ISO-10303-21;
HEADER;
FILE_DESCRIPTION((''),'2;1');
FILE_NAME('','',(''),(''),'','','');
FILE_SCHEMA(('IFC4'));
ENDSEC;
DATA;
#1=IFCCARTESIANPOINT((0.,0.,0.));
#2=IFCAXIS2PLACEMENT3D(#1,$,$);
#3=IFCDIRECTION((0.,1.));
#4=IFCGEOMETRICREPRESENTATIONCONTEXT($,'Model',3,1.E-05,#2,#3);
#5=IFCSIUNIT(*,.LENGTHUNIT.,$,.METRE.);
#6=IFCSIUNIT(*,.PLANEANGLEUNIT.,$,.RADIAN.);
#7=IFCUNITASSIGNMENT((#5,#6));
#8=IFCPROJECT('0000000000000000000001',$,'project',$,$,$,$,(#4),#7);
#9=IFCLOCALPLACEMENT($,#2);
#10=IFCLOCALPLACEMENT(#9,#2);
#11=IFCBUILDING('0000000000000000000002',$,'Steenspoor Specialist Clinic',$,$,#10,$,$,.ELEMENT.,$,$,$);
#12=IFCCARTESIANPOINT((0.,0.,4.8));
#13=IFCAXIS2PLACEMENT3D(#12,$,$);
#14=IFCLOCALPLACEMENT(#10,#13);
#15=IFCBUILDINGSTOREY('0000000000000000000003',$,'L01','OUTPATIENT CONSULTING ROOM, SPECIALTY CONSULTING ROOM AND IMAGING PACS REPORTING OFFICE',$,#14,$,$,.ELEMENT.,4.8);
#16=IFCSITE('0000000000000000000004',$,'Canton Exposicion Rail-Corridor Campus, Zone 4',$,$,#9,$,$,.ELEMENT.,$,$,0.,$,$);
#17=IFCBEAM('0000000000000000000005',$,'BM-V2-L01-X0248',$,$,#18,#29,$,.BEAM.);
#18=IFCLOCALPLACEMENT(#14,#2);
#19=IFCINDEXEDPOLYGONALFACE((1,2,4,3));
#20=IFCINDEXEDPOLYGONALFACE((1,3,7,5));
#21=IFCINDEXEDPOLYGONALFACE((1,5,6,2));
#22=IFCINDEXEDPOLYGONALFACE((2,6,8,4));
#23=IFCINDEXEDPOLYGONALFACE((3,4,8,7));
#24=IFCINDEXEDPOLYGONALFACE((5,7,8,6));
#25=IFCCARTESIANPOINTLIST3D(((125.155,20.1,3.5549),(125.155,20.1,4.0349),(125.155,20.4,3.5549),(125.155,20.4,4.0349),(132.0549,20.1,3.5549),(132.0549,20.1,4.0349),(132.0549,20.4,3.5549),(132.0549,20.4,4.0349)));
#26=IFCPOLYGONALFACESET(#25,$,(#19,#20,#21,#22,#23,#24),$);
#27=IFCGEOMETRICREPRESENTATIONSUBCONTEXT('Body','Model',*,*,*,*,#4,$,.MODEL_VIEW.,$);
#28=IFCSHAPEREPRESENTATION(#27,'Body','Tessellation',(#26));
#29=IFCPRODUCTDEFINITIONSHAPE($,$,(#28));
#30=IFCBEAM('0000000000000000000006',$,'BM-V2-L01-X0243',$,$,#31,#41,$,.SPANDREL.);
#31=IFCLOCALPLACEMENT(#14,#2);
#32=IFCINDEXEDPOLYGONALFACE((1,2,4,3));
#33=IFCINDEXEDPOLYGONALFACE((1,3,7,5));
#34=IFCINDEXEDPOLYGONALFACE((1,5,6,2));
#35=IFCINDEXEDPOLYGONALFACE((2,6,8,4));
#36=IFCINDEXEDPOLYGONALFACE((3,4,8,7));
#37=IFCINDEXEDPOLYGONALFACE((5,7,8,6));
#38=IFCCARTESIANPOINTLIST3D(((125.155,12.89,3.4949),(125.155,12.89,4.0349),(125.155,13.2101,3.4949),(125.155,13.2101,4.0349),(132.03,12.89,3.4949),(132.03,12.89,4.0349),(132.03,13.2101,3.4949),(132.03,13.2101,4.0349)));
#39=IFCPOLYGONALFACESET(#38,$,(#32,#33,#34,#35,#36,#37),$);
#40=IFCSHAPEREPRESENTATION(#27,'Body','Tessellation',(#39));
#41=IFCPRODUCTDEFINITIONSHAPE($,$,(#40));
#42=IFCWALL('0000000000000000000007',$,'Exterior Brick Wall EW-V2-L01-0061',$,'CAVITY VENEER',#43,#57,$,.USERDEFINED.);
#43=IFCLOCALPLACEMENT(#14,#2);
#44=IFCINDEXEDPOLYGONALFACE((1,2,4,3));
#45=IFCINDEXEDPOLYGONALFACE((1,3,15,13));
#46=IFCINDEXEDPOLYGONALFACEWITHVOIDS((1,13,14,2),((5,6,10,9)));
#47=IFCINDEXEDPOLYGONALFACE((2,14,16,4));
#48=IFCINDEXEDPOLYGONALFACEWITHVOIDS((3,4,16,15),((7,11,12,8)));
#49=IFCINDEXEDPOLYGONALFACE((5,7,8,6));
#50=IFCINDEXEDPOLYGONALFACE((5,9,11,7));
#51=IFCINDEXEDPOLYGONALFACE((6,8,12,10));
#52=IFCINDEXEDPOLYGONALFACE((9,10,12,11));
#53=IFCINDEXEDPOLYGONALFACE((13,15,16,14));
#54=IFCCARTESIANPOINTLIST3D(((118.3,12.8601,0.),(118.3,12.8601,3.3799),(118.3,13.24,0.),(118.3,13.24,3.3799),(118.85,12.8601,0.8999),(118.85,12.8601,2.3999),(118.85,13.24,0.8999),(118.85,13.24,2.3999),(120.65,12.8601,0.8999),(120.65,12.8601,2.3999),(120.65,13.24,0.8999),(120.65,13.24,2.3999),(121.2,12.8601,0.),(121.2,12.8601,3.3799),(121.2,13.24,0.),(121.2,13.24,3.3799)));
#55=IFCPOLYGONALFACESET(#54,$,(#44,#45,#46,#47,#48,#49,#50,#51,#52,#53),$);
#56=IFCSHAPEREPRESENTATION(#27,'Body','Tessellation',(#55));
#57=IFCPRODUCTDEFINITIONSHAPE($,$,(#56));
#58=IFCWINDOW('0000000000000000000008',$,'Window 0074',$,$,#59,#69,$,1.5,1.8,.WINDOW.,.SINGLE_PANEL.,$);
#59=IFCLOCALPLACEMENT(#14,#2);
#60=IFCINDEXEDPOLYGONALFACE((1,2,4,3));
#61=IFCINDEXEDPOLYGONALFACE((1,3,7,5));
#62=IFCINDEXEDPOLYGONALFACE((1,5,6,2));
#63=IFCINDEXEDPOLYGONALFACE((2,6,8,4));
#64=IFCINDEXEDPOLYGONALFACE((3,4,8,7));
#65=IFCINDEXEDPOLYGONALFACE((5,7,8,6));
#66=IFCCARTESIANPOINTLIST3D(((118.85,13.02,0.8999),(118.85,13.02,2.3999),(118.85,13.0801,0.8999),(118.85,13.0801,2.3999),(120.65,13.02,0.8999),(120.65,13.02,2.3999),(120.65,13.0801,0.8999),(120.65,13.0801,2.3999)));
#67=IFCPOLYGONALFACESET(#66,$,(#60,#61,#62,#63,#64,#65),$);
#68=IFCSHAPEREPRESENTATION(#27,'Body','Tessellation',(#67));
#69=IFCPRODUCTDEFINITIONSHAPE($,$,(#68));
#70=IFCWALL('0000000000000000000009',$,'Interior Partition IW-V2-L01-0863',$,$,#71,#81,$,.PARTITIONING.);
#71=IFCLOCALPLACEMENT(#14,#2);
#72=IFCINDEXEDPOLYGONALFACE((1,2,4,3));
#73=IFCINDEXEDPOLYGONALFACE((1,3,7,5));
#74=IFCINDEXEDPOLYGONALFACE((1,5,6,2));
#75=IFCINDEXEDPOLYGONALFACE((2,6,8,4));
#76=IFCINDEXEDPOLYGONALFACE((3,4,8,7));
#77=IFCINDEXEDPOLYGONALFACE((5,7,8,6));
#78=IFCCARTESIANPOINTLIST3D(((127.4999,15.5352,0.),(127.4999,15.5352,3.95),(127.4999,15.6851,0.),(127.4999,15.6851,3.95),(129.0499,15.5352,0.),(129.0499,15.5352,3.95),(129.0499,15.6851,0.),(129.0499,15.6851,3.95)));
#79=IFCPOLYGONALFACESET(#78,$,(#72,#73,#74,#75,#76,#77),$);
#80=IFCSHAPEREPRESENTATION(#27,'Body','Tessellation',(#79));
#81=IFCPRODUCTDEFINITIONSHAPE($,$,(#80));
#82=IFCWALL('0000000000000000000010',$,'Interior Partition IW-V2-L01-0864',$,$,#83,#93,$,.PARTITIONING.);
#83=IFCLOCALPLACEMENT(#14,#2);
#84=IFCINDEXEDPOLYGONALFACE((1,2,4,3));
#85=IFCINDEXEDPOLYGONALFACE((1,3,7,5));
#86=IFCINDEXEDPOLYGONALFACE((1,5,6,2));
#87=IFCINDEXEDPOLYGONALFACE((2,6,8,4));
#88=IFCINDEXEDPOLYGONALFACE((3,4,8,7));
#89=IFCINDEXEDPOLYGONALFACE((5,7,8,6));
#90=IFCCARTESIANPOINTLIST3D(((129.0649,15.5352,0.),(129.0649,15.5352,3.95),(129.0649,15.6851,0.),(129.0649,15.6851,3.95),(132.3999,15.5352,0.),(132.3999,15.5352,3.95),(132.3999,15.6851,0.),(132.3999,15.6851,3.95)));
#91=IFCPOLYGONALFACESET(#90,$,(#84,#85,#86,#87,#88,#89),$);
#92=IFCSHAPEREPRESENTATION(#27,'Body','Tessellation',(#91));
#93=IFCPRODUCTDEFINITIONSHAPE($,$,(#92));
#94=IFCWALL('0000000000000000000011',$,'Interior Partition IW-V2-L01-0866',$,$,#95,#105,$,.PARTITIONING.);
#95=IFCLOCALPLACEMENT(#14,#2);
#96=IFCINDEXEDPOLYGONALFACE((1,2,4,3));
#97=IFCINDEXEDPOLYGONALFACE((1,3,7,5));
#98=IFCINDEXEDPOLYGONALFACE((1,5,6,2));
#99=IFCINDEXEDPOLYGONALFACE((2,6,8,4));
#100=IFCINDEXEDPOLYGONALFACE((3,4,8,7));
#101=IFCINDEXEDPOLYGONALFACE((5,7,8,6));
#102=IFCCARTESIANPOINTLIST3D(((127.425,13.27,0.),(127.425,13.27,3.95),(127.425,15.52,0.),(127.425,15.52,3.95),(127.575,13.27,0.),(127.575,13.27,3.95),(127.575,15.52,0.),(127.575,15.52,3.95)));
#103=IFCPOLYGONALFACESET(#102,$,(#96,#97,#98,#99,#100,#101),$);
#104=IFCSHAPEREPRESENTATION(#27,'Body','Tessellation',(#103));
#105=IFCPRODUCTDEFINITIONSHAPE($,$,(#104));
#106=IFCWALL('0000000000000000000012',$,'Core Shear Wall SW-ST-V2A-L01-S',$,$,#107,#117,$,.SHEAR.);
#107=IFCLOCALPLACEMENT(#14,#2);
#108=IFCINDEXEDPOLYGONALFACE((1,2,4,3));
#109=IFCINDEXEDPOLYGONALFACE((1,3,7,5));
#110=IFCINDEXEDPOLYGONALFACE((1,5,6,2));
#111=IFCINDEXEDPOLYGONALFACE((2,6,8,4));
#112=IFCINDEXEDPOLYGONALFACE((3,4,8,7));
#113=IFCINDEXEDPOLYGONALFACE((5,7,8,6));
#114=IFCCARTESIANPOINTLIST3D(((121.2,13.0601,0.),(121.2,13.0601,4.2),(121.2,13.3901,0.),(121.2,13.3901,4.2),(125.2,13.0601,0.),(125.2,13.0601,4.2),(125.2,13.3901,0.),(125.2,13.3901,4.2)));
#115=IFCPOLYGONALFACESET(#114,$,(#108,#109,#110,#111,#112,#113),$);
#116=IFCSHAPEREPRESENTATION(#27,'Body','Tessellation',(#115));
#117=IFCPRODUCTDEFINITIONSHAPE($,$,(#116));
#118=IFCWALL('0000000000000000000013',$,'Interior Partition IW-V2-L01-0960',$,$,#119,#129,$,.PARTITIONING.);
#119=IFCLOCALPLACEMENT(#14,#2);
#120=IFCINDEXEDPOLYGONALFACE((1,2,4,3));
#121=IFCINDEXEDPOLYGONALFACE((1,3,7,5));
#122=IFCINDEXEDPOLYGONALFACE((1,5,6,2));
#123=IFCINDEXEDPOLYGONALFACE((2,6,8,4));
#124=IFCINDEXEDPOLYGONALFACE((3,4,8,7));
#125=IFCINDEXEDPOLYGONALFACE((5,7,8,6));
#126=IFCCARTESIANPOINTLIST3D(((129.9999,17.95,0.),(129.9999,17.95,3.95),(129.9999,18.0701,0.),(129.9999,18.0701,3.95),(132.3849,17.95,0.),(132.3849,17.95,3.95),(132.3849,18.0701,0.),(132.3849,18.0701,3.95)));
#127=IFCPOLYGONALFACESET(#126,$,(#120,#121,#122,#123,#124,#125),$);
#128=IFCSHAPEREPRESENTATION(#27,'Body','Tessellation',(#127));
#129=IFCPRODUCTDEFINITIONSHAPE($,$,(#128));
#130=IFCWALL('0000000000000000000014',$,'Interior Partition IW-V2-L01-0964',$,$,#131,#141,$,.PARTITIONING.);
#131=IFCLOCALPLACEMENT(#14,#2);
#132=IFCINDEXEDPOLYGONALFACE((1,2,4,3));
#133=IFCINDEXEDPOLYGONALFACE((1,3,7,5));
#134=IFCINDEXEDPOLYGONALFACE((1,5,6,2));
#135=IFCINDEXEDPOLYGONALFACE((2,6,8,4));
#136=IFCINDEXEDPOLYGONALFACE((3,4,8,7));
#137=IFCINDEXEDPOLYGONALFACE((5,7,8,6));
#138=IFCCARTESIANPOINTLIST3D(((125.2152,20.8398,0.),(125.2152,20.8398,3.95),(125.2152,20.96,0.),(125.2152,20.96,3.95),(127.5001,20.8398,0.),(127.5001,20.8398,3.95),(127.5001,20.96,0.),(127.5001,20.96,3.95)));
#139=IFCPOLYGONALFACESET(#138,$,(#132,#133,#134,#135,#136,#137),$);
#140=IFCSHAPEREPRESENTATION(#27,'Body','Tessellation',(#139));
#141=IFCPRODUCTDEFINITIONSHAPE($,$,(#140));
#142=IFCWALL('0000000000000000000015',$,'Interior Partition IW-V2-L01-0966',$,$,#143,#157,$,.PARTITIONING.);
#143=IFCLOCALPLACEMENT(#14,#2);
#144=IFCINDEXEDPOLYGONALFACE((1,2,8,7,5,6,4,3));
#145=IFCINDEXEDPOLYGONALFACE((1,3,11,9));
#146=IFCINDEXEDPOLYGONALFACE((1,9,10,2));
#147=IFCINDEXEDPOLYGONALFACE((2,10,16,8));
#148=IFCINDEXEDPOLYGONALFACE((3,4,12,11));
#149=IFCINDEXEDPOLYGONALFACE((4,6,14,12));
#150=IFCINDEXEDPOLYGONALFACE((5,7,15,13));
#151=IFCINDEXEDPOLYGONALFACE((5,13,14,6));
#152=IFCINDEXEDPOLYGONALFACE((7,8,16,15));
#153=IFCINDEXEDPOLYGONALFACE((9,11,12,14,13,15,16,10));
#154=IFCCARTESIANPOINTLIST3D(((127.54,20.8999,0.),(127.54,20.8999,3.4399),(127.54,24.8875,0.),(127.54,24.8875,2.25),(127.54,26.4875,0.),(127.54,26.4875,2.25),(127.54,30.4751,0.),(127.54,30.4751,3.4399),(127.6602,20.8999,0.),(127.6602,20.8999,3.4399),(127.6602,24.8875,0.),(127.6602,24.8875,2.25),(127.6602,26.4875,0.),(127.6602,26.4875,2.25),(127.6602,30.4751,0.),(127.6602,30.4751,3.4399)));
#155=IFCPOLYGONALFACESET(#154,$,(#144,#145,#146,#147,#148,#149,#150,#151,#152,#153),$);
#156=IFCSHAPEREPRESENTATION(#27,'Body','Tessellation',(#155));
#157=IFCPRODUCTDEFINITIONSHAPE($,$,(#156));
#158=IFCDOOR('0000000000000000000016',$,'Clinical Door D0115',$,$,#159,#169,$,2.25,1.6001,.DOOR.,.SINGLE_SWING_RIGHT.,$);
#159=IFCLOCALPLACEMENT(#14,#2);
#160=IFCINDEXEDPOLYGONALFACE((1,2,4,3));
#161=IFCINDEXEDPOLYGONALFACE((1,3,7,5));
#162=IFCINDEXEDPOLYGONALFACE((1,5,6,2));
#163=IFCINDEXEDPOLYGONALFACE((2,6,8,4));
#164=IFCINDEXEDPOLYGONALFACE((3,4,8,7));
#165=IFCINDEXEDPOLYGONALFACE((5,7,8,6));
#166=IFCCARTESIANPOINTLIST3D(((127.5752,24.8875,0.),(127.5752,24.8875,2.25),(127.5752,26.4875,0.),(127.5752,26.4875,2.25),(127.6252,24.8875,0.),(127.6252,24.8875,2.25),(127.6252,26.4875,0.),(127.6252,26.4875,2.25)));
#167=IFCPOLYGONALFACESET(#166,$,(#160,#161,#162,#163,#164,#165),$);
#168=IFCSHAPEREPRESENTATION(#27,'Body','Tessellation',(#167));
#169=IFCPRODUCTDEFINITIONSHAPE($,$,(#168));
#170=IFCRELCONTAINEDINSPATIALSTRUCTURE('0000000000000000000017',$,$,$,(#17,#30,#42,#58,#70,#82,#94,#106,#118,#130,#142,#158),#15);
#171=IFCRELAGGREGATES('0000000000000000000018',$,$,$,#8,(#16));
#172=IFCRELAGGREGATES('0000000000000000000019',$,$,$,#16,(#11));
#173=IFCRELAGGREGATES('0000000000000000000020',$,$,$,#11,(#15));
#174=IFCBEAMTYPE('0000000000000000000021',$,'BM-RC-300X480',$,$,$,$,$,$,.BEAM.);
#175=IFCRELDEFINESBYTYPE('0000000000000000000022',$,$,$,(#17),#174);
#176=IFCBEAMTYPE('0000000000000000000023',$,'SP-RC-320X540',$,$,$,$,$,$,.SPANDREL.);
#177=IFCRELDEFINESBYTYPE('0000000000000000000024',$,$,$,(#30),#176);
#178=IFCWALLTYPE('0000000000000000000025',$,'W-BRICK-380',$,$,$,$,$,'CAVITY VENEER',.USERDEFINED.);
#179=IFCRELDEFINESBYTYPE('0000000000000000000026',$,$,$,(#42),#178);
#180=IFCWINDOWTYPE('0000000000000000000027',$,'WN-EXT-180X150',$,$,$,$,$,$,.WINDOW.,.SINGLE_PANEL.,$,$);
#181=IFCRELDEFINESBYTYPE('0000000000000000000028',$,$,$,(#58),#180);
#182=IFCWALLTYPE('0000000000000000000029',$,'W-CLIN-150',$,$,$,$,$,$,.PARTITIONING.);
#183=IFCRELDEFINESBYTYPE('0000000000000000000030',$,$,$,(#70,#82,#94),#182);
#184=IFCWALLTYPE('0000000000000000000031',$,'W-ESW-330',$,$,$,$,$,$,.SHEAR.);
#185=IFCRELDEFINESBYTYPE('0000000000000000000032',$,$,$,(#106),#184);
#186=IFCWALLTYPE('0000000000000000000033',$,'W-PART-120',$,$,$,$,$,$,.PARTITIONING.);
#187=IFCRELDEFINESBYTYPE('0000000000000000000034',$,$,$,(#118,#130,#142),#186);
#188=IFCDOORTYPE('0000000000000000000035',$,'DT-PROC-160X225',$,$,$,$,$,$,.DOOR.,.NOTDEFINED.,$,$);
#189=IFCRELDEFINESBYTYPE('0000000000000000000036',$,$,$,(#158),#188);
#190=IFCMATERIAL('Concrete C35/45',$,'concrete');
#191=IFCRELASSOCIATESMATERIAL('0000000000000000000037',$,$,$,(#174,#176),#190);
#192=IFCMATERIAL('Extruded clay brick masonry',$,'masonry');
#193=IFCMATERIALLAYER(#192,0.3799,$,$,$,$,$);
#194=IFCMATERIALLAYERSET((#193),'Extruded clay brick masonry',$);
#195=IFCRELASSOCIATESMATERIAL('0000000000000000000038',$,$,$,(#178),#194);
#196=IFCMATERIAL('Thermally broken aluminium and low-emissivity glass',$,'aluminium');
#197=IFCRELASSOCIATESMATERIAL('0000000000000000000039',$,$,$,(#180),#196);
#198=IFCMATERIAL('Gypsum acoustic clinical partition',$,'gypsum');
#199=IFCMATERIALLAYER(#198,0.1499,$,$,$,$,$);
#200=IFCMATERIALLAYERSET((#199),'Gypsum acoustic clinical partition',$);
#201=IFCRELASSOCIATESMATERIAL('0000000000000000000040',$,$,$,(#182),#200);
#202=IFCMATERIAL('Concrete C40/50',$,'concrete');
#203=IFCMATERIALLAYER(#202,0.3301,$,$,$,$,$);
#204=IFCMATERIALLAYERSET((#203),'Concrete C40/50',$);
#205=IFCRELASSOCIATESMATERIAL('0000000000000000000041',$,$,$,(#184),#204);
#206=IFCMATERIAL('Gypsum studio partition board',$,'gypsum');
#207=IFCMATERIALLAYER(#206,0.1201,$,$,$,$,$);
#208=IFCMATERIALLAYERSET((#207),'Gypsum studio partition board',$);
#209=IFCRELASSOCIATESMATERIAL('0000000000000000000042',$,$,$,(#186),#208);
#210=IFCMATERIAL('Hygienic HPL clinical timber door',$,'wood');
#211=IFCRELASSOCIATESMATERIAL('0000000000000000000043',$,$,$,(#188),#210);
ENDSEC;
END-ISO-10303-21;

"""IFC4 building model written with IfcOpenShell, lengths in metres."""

from ifc_helpers import new_model, si_unit, direction, frame, frame_2d, origin, origin_2d, place, context, subcontext, project, spatial, rectangle, extrude, material, layer, layer_set, material_profile, profile_set, type_object, element, fill, save


model = new_model("IFC4")

# Units and contexts
model_context = context("Model", 3, precision=1e-05, world=origin(), true_north=direction((0.0, 1.0)))
body_context = subcontext(model_context, "Body", "Model", "MODEL_VIEW")
ifc_project = project(units=[si_unit("LENGTHUNIT", "METRE"), si_unit("PLANEANGLEUNIT", "RADIAN")], contexts=[model_context])

# Site, building, storey
site_placement = place(None, origin())
site = spatial("IfcSite", under=ifc_project, at=site_placement, Name="Canton Exposicion Rail-Corridor Campus, Zone 4", CompositionType="ELEMENT", RefElevation=0.0)
building_placement = place(site_placement, origin())
building = spatial("IfcBuilding", under=site, at=building_placement, Name="Steenspoor Specialist Clinic", CompositionType="ELEMENT")
storey_placement = place(building_placement, frame((0.0, 0.0, 4.8)))
storey = spatial("IfcBuildingStorey", under=building, at=storey_placement, Name="L01", Description="OUTPATIENT CONSULTING ROOM, SPECIALTY CONSULTING ROOM AND IMAGING PACS REPORTING OFFICE", CompositionType="ELEMENT", Elevation=4.8)

# Beams
ifc_material_1 = material(Name="Concrete C35/45", Category="concrete")
ifc_material_profile_1 = material_profile(ifc_material_1, rectangle(XDim=0.3, YDim=0.48, at=origin_2d()), Name="RC-BM-300X480")
ifc_profile_set_1 = profile_set([ifc_material_profile_1], Name="Concrete C35/45")
beam_type_1 = type_object("IfcBeamType", Name="BM-RC-300X480", PredefinedType="BEAM", material=ifc_profile_set_1)
beam_1_placement = place(storey_placement, frame((125.155, 20.25, 3.7949), z_axis=(1.0, 0.0, 0.0), x_axis=(0.0, 1.0, 0.0)))
element("IfcBeam", 1, at=beam_1_placement, inside=storey, type_object=beam_type_1, Name="BM-V2-L01-X0248", PredefinedType="BEAM", context=body_context, shape_type="SweptSolid", body=[
    extrude(rectangle(XDim=0.3, YDim=0.48, at=origin_2d()), origin(), (0.0, 0.0, 1.0), 6.8999),
])
ifc_material_profile_2 = material_profile(ifc_material_1, rectangle(XDim=0.3201, YDim=0.54, at=origin_2d()), Name="RC-SP-320X540")
ifc_profile_set_2 = profile_set([ifc_material_profile_2], Name="Concrete C35/45")
beam_type_2 = type_object("IfcBeamType", Name="SP-RC-320X540", PredefinedType="SPANDREL", material=ifc_profile_set_2)
beam_2_placement = place(storey_placement, frame((125.155, 13.05, 3.7649), z_axis=(1.0, 0.0, 0.0), x_axis=(0.0, 1.0, 0.0)))
element("IfcBeam", 2, at=beam_2_placement, inside=storey, type_object=beam_type_2, Name="BM-V2-L01-X0243", PredefinedType="SPANDREL", context=body_context, shape_type="SweptSolid", body=[
    extrude(rectangle(XDim=0.3201, YDim=0.54, at=origin_2d()), origin(), (0.0, 0.0, 1.0), 6.875),
])

# Wall, opening, window
ifc_material_2 = material(Name="Extruded clay brick masonry", Category="masonry")
ifc_layer_1 = layer(ifc_material_2, 0.3799)
ifc_layer_set_1 = layer_set([ifc_layer_1], Name="Extruded clay brick masonry")
wall_type_1 = type_object("IfcWallType", Name="W-BRICK-380", ElementType="CAVITY VENEER", PredefinedType="USERDEFINED", material=ifc_layer_set_1)
wall_1_placement = place(storey_placement, frame((121.2, 13.05, 0.0), z_axis=(0.0, 0.0, 1.0), x_axis=(-1.0, 0.0, 0.0)))
wall_1 = element("IfcWall", 3, at=wall_1_placement, inside=storey, type_object=wall_type_1, Name="Exterior Brick Wall EW-V2-L01-0061", ObjectType="CAVITY VENEER", PredefinedType="USERDEFINED", context=body_context, shape_type="SweptSolid", body=[
    extrude(rectangle(XDim=2.8999, YDim=0.3799, at=frame_2d((1.45, 0.0))), origin(), (0.0, 0.0, 1.0), 3.3799),
])
opening_1_placement = place(wall_1_placement, frame((0.55, 0.0, 0.8999)))
opening_1 = element("IfcOpeningElement", 4, at=opening_1_placement, cuts=wall_1, PredefinedType="OPENING", context=body_context, shape_type="SweptSolid", body=[
    extrude(rectangle(XDim=1.8, YDim=1.5, at=frame_2d((0.8999, 0.75))), frame((0.0, 0.2, 0.0), z_axis=(0.0, -1.0, 0.0), x_axis=(1.0, 0.0, 0.0)), (0.0, 0.0, 1.0), 0.3999),
])
ifc_material_3 = material(Name="Thermally broken aluminium and low-emissivity glass", Category="aluminium")
window_type = type_object("IfcWindowType", Name="WN-EXT-180X150", PartitioningType="SINGLE_PANEL", PredefinedType="WINDOW", material=ifc_material_3)
window_placement = place(opening_1_placement, origin())
window = element("IfcWindow", 5, at=window_placement, inside=storey, type_object=window_type, Name="Window 0074", OverallHeight=1.5, OverallWidth=1.8, PartitioningType="SINGLE_PANEL", PredefinedType="WINDOW", context=body_context, shape_type="SweptSolid", body=[
    extrude(rectangle(XDim=1.8, YDim=1.5, at=frame_2d((0.8999, 0.75))), frame((0.0, 0.03, 0.0), z_axis=(0.0, -1.0, 0.0), x_axis=(1.0, 0.0, 0.0)), (0.0, 0.0, 1.0), 0.0601),
])
fill(opening_1, window)

# Walls
ifc_material_4 = material(Name="Gypsum acoustic clinical partition", Category="gypsum")
ifc_layer_2 = layer(ifc_material_4, 0.1499)
ifc_layer_set_2 = layer_set([ifc_layer_2], Name="Gypsum acoustic clinical partition")
wall_type_2 = type_object("IfcWallType", Name="W-CLIN-150", PredefinedType="PARTITIONING", material=ifc_layer_set_2)
wall_2_placement = place(storey_placement, frame((127.5, 15.6101, 0.0), z_axis=(0.0, 0.0, 1.0), x_axis=(1.0, 0.0, 0.0)))
element("IfcWall", 6, at=wall_2_placement, inside=storey, type_object=wall_type_2, Name="Interior Partition IW-V2-L01-0863", PredefinedType="PARTITIONING", context=body_context, shape_type="SweptSolid", body=[
    extrude(rectangle(XDim=1.55, YDim=0.1499, at=frame_2d((0.7749, 0.0))), origin(), (0.0, 0.0, 1.0), 3.95),
])
wall_3_placement = place(storey_placement, frame((129.0649, 15.6101, 0.0), z_axis=(0.0, 0.0, 1.0), x_axis=(1.0, 0.0, 0.0)))
element("IfcWall", 7, at=wall_3_placement, inside=storey, type_object=wall_type_2, Name="Interior Partition IW-V2-L01-0864", PredefinedType="PARTITIONING", context=body_context, shape_type="SweptSolid", body=[
    extrude(rectangle(XDim=3.335, YDim=0.1499, at=frame_2d((1.6675, 0.0))), origin(), (0.0, 0.0, 1.0), 3.95),
])
wall_4_placement = place(storey_placement, frame((127.5, 13.27, 0.0), z_axis=(0.0, 0.0, 1.0), x_axis=(0.0, 1.0, 0.0)))
element("IfcWall", 8, at=wall_4_placement, inside=storey, type_object=wall_type_2, Name="Interior Partition IW-V2-L01-0866", PredefinedType="PARTITIONING", context=body_context, shape_type="SweptSolid", body=[
    extrude(rectangle(XDim=2.25, YDim=0.1499, at=frame_2d((1.125, 0.0))), origin(), (0.0, 0.0, 1.0), 3.95),
])
ifc_material_5 = material(Name="Concrete C40/50", Category="concrete")
ifc_layer_3 = layer(ifc_material_5, 0.3301)
ifc_layer_set_3 = layer_set([ifc_layer_3], Name="Concrete C40/50")
wall_type_3 = type_object("IfcWallType", Name="W-ESW-330", PredefinedType="SHEAR", material=ifc_layer_set_3)
wall_5_placement = place(storey_placement, frame((121.2, 13.2251, 0.0), z_axis=(0.0, 0.0, 1.0), x_axis=(1.0, 0.0, 0.0)))
element("IfcWall", 9, at=wall_5_placement, inside=storey, type_object=wall_type_3, Name="Core Shear Wall SW-ST-V2A-L01-S", PredefinedType="SHEAR", context=body_context, shape_type="SweptSolid", body=[
    extrude(rectangle(XDim=4.0, YDim=0.3301, at=frame_2d((2.0, 0.0))), origin(), (0.0, 0.0, 1.0), 4.2),
])
ifc_material_6 = material(Name="Gypsum studio partition board", Category="gypsum")
ifc_layer_4 = layer(ifc_material_6, 0.1201)
ifc_layer_set_4 = layer_set([ifc_layer_4], Name="Gypsum studio partition board")
wall_type_4 = type_object("IfcWallType", Name="W-PART-120", PredefinedType="PARTITIONING", material=ifc_layer_set_4)
wall_6_placement = place(storey_placement, frame((130.0, 18.01, 0.0), z_axis=(0.0, 0.0, 1.0), x_axis=(1.0, 0.0, 0.0)))
element("IfcWall", 10, at=wall_6_placement, inside=storey, type_object=wall_type_4, Name="Interior Partition IW-V2-L01-0960", PredefinedType="PARTITIONING", context=body_context, shape_type="SweptSolid", body=[
    extrude(rectangle(XDim=2.385, YDim=0.1201, at=frame_2d((1.1924, 0.0))), origin(), (0.0, 0.0, 1.0), 3.95),
])
wall_7_placement = place(storey_placement, frame((125.2151, 20.8999, 0.0), z_axis=(0.0, 0.0, 1.0), x_axis=(1.0, 0.0, 0.0)))
element("IfcWall", 11, at=wall_7_placement, inside=storey, type_object=wall_type_4, Name="Interior Partition IW-V2-L01-0964", PredefinedType="PARTITIONING", context=body_context, shape_type="SweptSolid", body=[
    extrude(rectangle(XDim=2.2849, YDim=0.1201, at=frame_2d((1.1426, 0.0))), origin(), (0.0, 0.0, 1.0), 3.95),
])

# Wall, opening, door
wall_8_placement = place(storey_placement, frame((127.6001, 20.8999, 0.0), z_axis=(0.0, 0.0, 1.0), x_axis=(0.0, 1.0, 0.0)))
wall_8 = element("IfcWall", 12, at=wall_8_placement, inside=storey, type_object=wall_type_4, Name="Interior Partition IW-V2-L01-0966", PredefinedType="PARTITIONING", context=body_context, shape_type="SweptSolid", body=[
    extrude(rectangle(XDim=9.5752, YDim=0.1201, at=frame_2d((4.7876, 0.0))), origin(), (0.0, 0.0, 1.0), 3.4399),
])
opening_2_placement = place(wall_8_placement, frame((3.9875, 0.0, 0.0)))
opening_2 = element("IfcOpeningElement", 13, at=opening_2_placement, cuts=wall_8, PredefinedType="OPENING", context=body_context, shape_type="SweptSolid", body=[
    extrude(rectangle(XDim=1.6001, YDim=2.25, at=frame_2d((0.8, 1.125))), frame((0.0, 0.0701, 0.0), z_axis=(0.0, -1.0, 0.0), x_axis=(1.0, 0.0, 0.0)), (0.0, 0.0, 1.0), 0.1401),
])
ifc_material_7 = material(Name="Hygienic HPL clinical timber door", Category="wood")
door_type_1 = type_object("IfcDoorType", Name="DT-PROC-160X225", OperationType="NOTDEFINED", PredefinedType="DOOR", material=ifc_material_7)
door_1_placement = place(opening_2_placement, origin())
door_1 = element("IfcDoor", 14, at=door_1_placement, inside=storey, type_object=door_type_1, Name="Clinical Door D0115", OperationType="SINGLE_SWING_RIGHT", OverallHeight=2.25, OverallWidth=1.6001, PredefinedType="DOOR", context=body_context, shape_type="SweptSolid", body=[
    extrude(rectangle(XDim=1.6001, YDim=2.25, at=frame_2d((0.8, 1.125))), frame((0.0, 0.0249, 0.0), z_axis=(0.0, -1.0, 0.0), x_axis=(1.0, 0.0, 0.0)), (0.0, 0.0, 1.0), 0.05),
])
fill(opening_2, door_1)

save(model, "model.ifc")
